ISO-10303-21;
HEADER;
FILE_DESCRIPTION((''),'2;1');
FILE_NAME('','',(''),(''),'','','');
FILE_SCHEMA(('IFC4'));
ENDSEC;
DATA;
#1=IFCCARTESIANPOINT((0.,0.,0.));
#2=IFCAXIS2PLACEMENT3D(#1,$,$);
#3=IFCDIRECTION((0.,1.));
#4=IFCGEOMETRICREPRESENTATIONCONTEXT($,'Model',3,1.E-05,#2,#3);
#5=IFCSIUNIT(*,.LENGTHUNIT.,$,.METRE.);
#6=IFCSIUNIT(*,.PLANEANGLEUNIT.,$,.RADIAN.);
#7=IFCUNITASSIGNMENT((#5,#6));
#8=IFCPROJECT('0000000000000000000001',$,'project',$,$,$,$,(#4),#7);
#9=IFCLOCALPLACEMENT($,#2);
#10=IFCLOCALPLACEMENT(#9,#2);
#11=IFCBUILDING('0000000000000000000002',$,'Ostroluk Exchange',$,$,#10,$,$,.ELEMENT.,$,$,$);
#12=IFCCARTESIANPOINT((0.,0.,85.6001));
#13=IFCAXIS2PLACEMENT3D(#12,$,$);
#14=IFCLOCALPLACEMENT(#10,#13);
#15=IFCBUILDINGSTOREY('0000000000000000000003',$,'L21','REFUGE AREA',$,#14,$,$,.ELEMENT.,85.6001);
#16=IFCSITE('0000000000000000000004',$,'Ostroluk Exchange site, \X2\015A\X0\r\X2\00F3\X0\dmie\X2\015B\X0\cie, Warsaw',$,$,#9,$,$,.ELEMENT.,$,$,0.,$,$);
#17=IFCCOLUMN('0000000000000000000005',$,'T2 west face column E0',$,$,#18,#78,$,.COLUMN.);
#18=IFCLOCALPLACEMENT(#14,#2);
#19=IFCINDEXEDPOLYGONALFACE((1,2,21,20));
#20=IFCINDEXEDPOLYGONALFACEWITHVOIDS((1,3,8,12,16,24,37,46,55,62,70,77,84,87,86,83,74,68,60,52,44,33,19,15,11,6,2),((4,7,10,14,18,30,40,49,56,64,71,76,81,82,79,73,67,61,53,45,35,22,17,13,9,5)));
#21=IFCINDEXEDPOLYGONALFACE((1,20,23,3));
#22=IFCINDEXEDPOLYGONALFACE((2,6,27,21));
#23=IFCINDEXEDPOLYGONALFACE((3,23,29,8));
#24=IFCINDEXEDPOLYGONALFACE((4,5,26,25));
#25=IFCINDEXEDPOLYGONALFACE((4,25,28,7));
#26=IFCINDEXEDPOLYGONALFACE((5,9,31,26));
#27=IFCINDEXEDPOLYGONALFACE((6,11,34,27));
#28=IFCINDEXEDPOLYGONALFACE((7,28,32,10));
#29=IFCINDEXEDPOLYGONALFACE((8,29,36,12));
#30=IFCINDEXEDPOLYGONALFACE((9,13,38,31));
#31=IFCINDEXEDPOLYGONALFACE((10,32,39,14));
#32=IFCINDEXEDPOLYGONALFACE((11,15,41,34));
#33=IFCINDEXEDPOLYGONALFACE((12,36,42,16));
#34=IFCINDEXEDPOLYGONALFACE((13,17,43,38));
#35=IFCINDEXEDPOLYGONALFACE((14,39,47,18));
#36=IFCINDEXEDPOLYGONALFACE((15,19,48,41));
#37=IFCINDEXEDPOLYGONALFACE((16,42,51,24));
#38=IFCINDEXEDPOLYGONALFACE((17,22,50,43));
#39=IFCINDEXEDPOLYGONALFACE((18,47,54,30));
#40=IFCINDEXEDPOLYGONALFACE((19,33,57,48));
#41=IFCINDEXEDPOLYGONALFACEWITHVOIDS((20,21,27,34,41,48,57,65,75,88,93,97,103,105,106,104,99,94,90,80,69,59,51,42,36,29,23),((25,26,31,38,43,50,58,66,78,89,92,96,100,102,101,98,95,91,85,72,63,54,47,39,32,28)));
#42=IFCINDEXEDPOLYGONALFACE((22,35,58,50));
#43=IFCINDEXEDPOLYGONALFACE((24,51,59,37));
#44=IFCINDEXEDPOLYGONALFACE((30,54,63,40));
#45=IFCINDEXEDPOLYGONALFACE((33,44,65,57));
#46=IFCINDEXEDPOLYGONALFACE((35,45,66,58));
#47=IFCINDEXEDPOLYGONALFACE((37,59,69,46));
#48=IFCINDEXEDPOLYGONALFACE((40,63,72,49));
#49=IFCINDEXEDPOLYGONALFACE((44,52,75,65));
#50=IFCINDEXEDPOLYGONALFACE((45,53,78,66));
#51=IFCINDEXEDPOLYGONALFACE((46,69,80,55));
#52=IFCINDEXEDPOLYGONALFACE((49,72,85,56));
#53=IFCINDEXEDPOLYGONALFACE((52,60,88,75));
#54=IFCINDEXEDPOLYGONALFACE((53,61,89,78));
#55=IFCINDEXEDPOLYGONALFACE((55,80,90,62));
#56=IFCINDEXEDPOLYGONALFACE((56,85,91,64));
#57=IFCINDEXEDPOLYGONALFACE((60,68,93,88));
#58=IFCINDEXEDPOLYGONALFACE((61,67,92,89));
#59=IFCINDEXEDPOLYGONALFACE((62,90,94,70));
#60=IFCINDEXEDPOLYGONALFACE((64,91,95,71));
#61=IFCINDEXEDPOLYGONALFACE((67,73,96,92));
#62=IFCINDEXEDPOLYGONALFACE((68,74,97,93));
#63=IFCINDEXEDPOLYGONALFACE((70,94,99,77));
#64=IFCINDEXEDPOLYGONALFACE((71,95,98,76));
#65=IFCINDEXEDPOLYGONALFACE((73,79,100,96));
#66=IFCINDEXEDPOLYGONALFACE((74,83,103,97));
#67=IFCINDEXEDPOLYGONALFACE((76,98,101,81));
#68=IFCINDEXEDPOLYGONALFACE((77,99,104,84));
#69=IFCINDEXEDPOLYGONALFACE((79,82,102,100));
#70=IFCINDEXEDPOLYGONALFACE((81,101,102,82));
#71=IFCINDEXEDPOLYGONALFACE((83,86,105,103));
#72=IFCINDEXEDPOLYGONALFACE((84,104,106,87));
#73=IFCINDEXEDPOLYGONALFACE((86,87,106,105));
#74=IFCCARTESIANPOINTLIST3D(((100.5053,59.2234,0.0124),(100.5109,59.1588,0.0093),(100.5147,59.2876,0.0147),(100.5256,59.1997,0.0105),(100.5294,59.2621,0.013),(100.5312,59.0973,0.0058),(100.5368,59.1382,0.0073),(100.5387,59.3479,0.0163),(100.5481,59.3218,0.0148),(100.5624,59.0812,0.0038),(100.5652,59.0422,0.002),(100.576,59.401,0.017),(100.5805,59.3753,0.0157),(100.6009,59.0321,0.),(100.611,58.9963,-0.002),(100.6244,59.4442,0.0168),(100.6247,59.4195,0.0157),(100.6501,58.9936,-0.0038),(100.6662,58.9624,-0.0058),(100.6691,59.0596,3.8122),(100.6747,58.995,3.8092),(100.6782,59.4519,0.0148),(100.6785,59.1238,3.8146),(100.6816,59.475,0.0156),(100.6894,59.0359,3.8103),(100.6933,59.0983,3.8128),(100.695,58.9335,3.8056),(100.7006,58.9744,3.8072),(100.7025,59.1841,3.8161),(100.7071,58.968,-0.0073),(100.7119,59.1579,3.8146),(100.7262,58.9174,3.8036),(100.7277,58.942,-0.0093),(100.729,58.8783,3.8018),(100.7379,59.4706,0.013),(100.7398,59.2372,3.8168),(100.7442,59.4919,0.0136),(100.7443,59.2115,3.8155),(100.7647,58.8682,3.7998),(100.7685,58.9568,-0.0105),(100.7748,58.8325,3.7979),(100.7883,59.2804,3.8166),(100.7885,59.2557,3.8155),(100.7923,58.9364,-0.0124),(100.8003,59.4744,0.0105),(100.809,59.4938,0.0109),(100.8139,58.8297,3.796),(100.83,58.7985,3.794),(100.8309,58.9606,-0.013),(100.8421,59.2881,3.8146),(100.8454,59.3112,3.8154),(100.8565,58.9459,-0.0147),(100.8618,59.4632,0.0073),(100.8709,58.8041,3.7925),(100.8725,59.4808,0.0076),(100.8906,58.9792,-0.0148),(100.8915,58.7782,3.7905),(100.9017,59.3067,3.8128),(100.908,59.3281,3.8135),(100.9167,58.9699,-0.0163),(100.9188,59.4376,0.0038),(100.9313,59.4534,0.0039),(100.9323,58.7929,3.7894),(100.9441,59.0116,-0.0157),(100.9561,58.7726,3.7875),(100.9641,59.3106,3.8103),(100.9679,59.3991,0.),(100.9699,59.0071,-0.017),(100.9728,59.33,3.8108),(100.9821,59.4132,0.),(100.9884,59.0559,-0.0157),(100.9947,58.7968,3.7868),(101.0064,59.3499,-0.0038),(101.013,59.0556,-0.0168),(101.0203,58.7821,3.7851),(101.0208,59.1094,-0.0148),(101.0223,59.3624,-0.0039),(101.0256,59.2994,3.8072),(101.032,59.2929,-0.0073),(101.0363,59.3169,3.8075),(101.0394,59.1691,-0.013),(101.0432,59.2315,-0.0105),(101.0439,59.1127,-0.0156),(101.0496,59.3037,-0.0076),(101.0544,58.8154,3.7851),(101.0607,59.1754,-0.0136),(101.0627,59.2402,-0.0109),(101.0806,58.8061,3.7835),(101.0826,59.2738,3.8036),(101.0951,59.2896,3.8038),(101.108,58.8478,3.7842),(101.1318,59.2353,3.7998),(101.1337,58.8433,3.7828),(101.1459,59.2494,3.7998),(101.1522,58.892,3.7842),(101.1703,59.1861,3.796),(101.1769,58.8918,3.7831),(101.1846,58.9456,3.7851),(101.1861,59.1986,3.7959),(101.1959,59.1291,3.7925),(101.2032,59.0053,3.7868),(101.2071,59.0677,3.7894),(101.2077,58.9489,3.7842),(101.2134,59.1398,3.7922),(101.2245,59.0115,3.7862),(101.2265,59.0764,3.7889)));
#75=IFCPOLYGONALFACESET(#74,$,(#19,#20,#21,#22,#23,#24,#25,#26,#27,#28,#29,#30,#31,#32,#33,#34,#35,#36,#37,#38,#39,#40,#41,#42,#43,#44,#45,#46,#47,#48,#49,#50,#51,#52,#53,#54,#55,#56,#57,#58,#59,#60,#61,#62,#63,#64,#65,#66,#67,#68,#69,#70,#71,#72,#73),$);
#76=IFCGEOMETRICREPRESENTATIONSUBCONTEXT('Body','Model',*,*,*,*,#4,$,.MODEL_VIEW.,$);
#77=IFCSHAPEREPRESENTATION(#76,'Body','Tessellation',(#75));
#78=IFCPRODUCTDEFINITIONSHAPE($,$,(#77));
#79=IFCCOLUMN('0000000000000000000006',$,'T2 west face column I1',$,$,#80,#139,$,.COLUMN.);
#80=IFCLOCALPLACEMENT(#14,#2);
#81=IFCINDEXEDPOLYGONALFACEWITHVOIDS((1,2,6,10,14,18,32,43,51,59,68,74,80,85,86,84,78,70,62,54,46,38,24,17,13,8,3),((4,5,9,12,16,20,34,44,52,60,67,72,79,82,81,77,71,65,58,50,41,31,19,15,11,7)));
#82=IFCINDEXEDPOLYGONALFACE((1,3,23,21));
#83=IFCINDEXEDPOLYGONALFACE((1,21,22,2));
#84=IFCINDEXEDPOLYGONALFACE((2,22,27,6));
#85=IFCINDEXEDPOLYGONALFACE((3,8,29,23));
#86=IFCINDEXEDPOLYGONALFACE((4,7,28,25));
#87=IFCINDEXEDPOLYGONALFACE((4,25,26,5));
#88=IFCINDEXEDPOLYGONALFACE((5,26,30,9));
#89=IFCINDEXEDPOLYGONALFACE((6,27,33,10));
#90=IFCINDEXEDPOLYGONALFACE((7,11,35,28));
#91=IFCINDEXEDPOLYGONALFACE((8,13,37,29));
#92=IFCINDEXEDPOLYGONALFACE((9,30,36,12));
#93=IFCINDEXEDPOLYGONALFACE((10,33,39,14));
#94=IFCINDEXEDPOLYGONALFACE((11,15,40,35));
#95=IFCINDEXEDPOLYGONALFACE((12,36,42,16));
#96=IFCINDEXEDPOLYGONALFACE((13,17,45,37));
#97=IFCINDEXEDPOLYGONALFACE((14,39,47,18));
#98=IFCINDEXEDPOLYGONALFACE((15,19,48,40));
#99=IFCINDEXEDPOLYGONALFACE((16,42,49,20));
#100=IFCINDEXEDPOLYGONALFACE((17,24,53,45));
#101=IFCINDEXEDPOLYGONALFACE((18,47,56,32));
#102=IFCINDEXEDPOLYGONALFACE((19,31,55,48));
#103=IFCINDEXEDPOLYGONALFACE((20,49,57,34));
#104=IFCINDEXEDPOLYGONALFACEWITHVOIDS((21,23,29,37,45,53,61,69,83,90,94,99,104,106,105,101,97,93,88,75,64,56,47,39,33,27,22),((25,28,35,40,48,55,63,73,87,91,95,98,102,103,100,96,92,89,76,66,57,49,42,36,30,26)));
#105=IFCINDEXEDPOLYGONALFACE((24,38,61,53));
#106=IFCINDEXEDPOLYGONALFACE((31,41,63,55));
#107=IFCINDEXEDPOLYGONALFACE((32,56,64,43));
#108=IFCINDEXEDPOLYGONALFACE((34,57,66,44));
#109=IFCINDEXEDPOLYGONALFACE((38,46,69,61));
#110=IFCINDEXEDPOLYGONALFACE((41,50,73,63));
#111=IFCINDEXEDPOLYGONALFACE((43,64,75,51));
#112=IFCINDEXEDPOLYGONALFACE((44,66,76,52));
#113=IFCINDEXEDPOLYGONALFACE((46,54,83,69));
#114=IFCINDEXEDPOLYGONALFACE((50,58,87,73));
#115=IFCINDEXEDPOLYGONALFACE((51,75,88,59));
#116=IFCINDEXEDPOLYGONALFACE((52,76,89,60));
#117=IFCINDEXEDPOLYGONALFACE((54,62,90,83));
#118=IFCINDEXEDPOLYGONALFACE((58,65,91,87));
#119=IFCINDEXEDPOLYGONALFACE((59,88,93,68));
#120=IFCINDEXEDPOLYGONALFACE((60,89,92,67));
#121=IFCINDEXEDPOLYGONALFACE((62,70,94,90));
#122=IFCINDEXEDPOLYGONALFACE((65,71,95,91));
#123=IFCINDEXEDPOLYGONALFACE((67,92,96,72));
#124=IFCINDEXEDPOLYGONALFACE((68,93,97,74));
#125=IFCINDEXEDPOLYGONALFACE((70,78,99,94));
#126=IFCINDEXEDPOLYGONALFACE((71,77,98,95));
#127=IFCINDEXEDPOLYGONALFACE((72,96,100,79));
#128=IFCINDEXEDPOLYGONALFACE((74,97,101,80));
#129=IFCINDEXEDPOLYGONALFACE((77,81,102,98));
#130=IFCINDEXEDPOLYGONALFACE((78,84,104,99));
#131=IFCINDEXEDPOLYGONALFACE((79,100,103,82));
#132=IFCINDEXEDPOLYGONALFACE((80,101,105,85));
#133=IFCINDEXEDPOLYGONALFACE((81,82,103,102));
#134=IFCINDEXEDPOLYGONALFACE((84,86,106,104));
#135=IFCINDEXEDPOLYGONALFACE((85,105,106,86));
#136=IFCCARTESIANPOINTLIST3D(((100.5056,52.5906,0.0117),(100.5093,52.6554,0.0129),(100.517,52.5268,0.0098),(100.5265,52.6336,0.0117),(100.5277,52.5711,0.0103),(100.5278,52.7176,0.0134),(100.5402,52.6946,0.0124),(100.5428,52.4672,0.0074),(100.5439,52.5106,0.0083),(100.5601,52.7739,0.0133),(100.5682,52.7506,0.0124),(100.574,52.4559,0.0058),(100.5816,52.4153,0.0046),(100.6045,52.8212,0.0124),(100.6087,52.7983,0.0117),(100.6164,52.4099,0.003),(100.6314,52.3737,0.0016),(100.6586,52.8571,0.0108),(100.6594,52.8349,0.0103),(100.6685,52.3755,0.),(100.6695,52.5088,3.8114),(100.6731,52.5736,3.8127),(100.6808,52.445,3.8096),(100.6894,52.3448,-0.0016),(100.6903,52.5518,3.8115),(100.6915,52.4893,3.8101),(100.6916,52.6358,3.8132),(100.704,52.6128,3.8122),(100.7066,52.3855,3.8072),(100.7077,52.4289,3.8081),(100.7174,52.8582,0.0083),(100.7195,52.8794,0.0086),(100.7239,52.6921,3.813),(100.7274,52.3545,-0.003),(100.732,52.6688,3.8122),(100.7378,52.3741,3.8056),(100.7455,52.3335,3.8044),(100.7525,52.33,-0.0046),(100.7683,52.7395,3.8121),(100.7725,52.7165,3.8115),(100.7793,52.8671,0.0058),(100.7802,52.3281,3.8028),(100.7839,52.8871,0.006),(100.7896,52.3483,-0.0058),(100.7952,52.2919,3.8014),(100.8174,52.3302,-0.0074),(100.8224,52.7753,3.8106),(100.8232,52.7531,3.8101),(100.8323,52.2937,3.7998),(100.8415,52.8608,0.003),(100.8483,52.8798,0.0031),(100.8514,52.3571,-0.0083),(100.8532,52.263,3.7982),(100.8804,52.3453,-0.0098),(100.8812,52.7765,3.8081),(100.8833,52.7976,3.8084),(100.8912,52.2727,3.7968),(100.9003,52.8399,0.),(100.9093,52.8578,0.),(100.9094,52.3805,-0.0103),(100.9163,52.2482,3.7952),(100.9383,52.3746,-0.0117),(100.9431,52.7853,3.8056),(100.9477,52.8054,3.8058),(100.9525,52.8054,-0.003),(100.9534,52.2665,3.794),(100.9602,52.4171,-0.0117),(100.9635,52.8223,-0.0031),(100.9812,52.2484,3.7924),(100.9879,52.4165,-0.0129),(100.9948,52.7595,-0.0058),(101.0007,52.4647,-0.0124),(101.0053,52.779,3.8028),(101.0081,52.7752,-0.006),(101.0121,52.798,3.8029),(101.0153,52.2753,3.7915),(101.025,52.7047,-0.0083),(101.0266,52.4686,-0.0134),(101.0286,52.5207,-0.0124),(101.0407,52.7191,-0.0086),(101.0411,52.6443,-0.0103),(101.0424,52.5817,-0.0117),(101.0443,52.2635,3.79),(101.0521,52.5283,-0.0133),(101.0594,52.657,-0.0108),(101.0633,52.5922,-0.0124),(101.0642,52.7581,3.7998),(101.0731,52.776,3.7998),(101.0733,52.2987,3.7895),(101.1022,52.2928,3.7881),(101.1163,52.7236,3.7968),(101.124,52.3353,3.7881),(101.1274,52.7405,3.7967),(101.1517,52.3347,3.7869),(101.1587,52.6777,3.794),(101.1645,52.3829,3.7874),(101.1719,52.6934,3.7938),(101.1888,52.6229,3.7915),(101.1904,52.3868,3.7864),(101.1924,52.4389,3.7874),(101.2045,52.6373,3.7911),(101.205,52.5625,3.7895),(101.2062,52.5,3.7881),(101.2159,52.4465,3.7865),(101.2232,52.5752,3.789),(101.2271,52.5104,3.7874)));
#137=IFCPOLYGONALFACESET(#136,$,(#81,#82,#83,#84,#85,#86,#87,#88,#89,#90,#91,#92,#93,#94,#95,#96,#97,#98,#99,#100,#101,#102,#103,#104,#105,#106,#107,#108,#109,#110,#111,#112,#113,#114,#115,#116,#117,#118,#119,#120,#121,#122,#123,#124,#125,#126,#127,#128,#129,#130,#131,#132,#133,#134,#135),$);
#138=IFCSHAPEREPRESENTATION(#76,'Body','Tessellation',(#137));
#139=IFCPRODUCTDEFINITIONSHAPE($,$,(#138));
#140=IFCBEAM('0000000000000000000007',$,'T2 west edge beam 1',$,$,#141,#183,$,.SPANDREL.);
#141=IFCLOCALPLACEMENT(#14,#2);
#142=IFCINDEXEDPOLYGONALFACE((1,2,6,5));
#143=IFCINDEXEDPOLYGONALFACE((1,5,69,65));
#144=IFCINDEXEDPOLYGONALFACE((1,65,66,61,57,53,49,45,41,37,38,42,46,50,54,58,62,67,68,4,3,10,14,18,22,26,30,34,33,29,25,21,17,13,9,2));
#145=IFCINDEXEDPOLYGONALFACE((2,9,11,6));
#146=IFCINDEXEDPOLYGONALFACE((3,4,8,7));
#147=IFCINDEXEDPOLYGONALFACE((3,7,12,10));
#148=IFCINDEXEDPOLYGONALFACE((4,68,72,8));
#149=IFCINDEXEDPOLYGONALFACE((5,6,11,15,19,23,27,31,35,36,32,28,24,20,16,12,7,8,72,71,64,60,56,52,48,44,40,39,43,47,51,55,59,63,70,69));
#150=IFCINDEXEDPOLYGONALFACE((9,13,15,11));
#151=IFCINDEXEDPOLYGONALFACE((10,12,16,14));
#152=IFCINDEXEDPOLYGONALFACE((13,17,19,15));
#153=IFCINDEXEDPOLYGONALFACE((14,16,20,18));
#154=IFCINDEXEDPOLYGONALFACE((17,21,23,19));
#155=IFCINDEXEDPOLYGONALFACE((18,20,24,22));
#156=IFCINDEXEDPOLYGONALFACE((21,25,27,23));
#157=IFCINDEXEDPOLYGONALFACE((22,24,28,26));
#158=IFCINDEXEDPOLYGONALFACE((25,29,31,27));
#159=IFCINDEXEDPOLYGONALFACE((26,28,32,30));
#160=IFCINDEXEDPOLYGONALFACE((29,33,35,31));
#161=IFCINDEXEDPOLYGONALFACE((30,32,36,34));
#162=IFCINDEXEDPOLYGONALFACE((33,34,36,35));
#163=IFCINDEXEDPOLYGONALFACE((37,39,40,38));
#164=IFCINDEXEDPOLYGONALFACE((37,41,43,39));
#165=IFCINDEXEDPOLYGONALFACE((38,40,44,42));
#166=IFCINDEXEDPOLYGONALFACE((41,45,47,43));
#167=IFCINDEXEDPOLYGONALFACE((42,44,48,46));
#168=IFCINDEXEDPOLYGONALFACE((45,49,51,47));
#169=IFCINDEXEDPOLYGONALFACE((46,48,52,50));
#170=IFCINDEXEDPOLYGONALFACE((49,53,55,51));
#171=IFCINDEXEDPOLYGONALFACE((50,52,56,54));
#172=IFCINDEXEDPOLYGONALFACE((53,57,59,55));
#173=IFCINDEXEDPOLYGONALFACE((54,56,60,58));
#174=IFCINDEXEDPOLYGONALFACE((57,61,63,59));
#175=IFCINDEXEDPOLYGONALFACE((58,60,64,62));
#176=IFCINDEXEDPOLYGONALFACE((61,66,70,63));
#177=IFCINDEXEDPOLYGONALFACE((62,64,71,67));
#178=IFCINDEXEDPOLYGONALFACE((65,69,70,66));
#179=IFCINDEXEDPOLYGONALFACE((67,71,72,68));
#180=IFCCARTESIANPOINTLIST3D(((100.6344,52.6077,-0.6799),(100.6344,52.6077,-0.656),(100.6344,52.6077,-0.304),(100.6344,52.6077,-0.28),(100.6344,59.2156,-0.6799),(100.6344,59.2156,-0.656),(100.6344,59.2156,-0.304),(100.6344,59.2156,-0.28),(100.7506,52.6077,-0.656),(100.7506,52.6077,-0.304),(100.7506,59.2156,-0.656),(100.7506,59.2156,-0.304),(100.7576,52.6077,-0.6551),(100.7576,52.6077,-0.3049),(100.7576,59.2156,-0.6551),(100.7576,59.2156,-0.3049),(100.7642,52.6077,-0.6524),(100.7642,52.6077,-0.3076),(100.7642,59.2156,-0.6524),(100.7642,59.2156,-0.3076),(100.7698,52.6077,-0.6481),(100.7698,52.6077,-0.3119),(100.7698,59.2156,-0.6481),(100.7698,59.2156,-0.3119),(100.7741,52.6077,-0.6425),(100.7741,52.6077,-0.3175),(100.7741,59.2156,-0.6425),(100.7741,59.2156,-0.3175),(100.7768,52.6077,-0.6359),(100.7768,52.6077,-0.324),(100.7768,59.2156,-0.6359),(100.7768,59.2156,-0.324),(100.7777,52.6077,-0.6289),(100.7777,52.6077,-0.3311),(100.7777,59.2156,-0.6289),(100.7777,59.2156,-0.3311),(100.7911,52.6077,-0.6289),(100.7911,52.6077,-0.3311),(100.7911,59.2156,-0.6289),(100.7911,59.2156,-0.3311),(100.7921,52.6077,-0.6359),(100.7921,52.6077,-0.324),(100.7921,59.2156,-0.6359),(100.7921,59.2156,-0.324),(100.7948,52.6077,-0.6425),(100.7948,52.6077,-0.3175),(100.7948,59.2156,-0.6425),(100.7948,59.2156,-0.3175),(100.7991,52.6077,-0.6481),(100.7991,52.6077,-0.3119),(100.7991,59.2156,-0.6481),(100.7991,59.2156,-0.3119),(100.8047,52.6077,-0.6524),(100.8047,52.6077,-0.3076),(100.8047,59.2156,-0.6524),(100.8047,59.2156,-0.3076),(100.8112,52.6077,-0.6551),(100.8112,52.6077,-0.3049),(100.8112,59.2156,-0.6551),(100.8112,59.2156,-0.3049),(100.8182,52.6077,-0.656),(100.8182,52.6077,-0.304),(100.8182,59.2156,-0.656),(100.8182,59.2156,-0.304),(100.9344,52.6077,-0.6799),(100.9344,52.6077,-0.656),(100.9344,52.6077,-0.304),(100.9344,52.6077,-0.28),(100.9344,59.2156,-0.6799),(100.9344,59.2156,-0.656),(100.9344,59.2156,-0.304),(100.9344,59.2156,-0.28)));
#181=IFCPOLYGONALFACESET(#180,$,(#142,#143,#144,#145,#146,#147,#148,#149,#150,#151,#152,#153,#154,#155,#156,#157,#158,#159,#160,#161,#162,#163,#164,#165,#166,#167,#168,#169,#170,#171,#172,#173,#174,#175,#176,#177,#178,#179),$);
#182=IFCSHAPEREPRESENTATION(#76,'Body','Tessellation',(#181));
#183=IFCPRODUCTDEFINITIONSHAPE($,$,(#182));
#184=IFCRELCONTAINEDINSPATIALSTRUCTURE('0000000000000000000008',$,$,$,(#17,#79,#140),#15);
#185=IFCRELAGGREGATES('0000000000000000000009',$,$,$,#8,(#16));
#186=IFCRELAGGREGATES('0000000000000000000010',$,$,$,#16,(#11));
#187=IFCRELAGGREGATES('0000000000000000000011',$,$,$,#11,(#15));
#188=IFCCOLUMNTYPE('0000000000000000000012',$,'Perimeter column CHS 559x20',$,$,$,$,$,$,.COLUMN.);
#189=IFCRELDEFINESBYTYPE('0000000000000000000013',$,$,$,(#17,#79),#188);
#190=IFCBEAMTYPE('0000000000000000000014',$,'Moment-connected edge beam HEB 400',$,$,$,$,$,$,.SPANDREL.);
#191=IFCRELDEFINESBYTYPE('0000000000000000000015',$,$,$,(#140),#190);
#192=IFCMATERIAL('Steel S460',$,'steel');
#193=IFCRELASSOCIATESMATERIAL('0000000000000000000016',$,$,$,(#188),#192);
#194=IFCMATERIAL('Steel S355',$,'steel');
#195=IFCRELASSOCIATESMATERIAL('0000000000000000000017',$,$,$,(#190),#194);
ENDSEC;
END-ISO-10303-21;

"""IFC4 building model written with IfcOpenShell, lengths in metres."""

from ifc_helpers import new_model, si_unit, direction, frame, origin, origin_2d, place, context, subcontext, project, spatial, hollow_circle, i_section, extrude, material, material_profile, profile_set, type_object, element, save


model = new_model("IFC4")

# Units and contexts
model_context = context("Model", 3, precision=1e-05, world=origin(), true_north=direction((0.0, 1.0)))
body_context = subcontext(model_context, "Body", "Model", "MODEL_VIEW")
ifc_project = project(units=[si_unit("LENGTHUNIT", "METRE"), si_unit("PLANEANGLEUNIT", "RADIAN")], contexts=[model_context])

# Site, building, storey
site_placement = place(None, origin())
site = spatial("IfcSite", under=ifc_project, at=site_placement, Name="Ostroluk Exchange site, Śródmieście, Warsaw", CompositionType="ELEMENT", RefElevation=0.0)
building_placement = place(site_placement, origin())
building = spatial("IfcBuilding", under=site, at=building_placement, Name="Ostroluk Exchange", CompositionType="ELEMENT")
storey_placement = place(building_placement, frame((0.0, 0.0, 85.6001)))
storey = spatial("IfcBuildingStorey", under=building, at=storey_placement, Name="L21", Description="REFUGE AREA", CompositionType="ELEMENT", Elevation=85.6001)

# Columns
ifc_material_1 = material(Name="Steel S460", Category="steel")
ifc_material_profile_1 = material_profile(ifc_material_1, hollow_circle(Radius=0.2795, WallThickness=0.02, at=origin_2d()), Name="CHS 559x20")
ifc_profile_set_1 = profile_set([ifc_material_profile_1], Name="Steel S460")
column_type = type_object("IfcColumnType", Name="Perimeter column CHS 559x20", PredefinedType="COLUMN", material=ifc_profile_set_1)
column_1_placement = place(storey_placement, frame((100.7844, 59.2156, 0.0), z_axis=(0.043032, -0.043032, 0.998146), x_axis=(0.707107, 0.707107, 0.0)))
element("IfcColumn", 1, at=column_1_placement, inside=storey, type_object=column_type, Name="T2 west face column E0", PredefinedType="COLUMN", context=body_context, shape_type="SweptSolid", body=[
    extrude(hollow_circle(Radius=0.2795, WallThickness=0.02, at=origin_2d()), origin(), (0.0, 0.0, 1.0), 3.8069),
])
column_2_placement = place(storey_placement, frame((100.7844, 52.6077, 0.0), z_axis=(0.043062, -0.021499, 0.998841), x_axis=(0.44668, 0.894694, 0.0)))
element("IfcColumn", 2, at=column_2_placement, inside=storey, type_object=column_type, Name="T2 west face column I1", PredefinedType="COLUMN", context=body_context, shape_type="SweptSolid", body=[
    extrude(hollow_circle(Radius=0.2795, WallThickness=0.02, at=origin_2d()), origin(), (0.0, 0.0, 1.0), 3.8042),
])

# Beam
ifc_material_2 = material(Name="Steel S355", Category="steel")
ifc_material_profile_2 = material_profile(ifc_material_2, i_section(OverallWidth=0.3, OverallDepth=0.3999, WebThickness=0.0134, FlangeThickness=0.0239, FilletRadius=0.0271, at=origin_2d()), Name="HEB 400")
ifc_profile_set_2 = profile_set([ifc_material_profile_2], Name="Steel S355")
beam_type = type_object("IfcBeamType", Name="Moment-connected edge beam HEB 400", PredefinedType="SPANDREL", material=ifc_profile_set_2)
beam_placement = place(storey_placement, frame((100.7844, 59.2156, -0.48), z_axis=(0.0, -1.0, 0.0), x_axis=(1.0, 0.0, 0.0)))
element("IfcBeam", 3, at=beam_placement, inside=storey, type_object=beam_type, Name="T2 west edge beam 1", PredefinedType="SPANDREL", context=body_context, shape_type="SweptSolid", body=[
    extrude(i_section(OverallWidth=0.3, OverallDepth=0.3999, WebThickness=0.0134, FlangeThickness=0.0239, FilletRadius=0.0271, at=origin_2d()), origin(), (0.0, 0.0, 1.0), 6.6079),
])

save(model, "model.ifc")
